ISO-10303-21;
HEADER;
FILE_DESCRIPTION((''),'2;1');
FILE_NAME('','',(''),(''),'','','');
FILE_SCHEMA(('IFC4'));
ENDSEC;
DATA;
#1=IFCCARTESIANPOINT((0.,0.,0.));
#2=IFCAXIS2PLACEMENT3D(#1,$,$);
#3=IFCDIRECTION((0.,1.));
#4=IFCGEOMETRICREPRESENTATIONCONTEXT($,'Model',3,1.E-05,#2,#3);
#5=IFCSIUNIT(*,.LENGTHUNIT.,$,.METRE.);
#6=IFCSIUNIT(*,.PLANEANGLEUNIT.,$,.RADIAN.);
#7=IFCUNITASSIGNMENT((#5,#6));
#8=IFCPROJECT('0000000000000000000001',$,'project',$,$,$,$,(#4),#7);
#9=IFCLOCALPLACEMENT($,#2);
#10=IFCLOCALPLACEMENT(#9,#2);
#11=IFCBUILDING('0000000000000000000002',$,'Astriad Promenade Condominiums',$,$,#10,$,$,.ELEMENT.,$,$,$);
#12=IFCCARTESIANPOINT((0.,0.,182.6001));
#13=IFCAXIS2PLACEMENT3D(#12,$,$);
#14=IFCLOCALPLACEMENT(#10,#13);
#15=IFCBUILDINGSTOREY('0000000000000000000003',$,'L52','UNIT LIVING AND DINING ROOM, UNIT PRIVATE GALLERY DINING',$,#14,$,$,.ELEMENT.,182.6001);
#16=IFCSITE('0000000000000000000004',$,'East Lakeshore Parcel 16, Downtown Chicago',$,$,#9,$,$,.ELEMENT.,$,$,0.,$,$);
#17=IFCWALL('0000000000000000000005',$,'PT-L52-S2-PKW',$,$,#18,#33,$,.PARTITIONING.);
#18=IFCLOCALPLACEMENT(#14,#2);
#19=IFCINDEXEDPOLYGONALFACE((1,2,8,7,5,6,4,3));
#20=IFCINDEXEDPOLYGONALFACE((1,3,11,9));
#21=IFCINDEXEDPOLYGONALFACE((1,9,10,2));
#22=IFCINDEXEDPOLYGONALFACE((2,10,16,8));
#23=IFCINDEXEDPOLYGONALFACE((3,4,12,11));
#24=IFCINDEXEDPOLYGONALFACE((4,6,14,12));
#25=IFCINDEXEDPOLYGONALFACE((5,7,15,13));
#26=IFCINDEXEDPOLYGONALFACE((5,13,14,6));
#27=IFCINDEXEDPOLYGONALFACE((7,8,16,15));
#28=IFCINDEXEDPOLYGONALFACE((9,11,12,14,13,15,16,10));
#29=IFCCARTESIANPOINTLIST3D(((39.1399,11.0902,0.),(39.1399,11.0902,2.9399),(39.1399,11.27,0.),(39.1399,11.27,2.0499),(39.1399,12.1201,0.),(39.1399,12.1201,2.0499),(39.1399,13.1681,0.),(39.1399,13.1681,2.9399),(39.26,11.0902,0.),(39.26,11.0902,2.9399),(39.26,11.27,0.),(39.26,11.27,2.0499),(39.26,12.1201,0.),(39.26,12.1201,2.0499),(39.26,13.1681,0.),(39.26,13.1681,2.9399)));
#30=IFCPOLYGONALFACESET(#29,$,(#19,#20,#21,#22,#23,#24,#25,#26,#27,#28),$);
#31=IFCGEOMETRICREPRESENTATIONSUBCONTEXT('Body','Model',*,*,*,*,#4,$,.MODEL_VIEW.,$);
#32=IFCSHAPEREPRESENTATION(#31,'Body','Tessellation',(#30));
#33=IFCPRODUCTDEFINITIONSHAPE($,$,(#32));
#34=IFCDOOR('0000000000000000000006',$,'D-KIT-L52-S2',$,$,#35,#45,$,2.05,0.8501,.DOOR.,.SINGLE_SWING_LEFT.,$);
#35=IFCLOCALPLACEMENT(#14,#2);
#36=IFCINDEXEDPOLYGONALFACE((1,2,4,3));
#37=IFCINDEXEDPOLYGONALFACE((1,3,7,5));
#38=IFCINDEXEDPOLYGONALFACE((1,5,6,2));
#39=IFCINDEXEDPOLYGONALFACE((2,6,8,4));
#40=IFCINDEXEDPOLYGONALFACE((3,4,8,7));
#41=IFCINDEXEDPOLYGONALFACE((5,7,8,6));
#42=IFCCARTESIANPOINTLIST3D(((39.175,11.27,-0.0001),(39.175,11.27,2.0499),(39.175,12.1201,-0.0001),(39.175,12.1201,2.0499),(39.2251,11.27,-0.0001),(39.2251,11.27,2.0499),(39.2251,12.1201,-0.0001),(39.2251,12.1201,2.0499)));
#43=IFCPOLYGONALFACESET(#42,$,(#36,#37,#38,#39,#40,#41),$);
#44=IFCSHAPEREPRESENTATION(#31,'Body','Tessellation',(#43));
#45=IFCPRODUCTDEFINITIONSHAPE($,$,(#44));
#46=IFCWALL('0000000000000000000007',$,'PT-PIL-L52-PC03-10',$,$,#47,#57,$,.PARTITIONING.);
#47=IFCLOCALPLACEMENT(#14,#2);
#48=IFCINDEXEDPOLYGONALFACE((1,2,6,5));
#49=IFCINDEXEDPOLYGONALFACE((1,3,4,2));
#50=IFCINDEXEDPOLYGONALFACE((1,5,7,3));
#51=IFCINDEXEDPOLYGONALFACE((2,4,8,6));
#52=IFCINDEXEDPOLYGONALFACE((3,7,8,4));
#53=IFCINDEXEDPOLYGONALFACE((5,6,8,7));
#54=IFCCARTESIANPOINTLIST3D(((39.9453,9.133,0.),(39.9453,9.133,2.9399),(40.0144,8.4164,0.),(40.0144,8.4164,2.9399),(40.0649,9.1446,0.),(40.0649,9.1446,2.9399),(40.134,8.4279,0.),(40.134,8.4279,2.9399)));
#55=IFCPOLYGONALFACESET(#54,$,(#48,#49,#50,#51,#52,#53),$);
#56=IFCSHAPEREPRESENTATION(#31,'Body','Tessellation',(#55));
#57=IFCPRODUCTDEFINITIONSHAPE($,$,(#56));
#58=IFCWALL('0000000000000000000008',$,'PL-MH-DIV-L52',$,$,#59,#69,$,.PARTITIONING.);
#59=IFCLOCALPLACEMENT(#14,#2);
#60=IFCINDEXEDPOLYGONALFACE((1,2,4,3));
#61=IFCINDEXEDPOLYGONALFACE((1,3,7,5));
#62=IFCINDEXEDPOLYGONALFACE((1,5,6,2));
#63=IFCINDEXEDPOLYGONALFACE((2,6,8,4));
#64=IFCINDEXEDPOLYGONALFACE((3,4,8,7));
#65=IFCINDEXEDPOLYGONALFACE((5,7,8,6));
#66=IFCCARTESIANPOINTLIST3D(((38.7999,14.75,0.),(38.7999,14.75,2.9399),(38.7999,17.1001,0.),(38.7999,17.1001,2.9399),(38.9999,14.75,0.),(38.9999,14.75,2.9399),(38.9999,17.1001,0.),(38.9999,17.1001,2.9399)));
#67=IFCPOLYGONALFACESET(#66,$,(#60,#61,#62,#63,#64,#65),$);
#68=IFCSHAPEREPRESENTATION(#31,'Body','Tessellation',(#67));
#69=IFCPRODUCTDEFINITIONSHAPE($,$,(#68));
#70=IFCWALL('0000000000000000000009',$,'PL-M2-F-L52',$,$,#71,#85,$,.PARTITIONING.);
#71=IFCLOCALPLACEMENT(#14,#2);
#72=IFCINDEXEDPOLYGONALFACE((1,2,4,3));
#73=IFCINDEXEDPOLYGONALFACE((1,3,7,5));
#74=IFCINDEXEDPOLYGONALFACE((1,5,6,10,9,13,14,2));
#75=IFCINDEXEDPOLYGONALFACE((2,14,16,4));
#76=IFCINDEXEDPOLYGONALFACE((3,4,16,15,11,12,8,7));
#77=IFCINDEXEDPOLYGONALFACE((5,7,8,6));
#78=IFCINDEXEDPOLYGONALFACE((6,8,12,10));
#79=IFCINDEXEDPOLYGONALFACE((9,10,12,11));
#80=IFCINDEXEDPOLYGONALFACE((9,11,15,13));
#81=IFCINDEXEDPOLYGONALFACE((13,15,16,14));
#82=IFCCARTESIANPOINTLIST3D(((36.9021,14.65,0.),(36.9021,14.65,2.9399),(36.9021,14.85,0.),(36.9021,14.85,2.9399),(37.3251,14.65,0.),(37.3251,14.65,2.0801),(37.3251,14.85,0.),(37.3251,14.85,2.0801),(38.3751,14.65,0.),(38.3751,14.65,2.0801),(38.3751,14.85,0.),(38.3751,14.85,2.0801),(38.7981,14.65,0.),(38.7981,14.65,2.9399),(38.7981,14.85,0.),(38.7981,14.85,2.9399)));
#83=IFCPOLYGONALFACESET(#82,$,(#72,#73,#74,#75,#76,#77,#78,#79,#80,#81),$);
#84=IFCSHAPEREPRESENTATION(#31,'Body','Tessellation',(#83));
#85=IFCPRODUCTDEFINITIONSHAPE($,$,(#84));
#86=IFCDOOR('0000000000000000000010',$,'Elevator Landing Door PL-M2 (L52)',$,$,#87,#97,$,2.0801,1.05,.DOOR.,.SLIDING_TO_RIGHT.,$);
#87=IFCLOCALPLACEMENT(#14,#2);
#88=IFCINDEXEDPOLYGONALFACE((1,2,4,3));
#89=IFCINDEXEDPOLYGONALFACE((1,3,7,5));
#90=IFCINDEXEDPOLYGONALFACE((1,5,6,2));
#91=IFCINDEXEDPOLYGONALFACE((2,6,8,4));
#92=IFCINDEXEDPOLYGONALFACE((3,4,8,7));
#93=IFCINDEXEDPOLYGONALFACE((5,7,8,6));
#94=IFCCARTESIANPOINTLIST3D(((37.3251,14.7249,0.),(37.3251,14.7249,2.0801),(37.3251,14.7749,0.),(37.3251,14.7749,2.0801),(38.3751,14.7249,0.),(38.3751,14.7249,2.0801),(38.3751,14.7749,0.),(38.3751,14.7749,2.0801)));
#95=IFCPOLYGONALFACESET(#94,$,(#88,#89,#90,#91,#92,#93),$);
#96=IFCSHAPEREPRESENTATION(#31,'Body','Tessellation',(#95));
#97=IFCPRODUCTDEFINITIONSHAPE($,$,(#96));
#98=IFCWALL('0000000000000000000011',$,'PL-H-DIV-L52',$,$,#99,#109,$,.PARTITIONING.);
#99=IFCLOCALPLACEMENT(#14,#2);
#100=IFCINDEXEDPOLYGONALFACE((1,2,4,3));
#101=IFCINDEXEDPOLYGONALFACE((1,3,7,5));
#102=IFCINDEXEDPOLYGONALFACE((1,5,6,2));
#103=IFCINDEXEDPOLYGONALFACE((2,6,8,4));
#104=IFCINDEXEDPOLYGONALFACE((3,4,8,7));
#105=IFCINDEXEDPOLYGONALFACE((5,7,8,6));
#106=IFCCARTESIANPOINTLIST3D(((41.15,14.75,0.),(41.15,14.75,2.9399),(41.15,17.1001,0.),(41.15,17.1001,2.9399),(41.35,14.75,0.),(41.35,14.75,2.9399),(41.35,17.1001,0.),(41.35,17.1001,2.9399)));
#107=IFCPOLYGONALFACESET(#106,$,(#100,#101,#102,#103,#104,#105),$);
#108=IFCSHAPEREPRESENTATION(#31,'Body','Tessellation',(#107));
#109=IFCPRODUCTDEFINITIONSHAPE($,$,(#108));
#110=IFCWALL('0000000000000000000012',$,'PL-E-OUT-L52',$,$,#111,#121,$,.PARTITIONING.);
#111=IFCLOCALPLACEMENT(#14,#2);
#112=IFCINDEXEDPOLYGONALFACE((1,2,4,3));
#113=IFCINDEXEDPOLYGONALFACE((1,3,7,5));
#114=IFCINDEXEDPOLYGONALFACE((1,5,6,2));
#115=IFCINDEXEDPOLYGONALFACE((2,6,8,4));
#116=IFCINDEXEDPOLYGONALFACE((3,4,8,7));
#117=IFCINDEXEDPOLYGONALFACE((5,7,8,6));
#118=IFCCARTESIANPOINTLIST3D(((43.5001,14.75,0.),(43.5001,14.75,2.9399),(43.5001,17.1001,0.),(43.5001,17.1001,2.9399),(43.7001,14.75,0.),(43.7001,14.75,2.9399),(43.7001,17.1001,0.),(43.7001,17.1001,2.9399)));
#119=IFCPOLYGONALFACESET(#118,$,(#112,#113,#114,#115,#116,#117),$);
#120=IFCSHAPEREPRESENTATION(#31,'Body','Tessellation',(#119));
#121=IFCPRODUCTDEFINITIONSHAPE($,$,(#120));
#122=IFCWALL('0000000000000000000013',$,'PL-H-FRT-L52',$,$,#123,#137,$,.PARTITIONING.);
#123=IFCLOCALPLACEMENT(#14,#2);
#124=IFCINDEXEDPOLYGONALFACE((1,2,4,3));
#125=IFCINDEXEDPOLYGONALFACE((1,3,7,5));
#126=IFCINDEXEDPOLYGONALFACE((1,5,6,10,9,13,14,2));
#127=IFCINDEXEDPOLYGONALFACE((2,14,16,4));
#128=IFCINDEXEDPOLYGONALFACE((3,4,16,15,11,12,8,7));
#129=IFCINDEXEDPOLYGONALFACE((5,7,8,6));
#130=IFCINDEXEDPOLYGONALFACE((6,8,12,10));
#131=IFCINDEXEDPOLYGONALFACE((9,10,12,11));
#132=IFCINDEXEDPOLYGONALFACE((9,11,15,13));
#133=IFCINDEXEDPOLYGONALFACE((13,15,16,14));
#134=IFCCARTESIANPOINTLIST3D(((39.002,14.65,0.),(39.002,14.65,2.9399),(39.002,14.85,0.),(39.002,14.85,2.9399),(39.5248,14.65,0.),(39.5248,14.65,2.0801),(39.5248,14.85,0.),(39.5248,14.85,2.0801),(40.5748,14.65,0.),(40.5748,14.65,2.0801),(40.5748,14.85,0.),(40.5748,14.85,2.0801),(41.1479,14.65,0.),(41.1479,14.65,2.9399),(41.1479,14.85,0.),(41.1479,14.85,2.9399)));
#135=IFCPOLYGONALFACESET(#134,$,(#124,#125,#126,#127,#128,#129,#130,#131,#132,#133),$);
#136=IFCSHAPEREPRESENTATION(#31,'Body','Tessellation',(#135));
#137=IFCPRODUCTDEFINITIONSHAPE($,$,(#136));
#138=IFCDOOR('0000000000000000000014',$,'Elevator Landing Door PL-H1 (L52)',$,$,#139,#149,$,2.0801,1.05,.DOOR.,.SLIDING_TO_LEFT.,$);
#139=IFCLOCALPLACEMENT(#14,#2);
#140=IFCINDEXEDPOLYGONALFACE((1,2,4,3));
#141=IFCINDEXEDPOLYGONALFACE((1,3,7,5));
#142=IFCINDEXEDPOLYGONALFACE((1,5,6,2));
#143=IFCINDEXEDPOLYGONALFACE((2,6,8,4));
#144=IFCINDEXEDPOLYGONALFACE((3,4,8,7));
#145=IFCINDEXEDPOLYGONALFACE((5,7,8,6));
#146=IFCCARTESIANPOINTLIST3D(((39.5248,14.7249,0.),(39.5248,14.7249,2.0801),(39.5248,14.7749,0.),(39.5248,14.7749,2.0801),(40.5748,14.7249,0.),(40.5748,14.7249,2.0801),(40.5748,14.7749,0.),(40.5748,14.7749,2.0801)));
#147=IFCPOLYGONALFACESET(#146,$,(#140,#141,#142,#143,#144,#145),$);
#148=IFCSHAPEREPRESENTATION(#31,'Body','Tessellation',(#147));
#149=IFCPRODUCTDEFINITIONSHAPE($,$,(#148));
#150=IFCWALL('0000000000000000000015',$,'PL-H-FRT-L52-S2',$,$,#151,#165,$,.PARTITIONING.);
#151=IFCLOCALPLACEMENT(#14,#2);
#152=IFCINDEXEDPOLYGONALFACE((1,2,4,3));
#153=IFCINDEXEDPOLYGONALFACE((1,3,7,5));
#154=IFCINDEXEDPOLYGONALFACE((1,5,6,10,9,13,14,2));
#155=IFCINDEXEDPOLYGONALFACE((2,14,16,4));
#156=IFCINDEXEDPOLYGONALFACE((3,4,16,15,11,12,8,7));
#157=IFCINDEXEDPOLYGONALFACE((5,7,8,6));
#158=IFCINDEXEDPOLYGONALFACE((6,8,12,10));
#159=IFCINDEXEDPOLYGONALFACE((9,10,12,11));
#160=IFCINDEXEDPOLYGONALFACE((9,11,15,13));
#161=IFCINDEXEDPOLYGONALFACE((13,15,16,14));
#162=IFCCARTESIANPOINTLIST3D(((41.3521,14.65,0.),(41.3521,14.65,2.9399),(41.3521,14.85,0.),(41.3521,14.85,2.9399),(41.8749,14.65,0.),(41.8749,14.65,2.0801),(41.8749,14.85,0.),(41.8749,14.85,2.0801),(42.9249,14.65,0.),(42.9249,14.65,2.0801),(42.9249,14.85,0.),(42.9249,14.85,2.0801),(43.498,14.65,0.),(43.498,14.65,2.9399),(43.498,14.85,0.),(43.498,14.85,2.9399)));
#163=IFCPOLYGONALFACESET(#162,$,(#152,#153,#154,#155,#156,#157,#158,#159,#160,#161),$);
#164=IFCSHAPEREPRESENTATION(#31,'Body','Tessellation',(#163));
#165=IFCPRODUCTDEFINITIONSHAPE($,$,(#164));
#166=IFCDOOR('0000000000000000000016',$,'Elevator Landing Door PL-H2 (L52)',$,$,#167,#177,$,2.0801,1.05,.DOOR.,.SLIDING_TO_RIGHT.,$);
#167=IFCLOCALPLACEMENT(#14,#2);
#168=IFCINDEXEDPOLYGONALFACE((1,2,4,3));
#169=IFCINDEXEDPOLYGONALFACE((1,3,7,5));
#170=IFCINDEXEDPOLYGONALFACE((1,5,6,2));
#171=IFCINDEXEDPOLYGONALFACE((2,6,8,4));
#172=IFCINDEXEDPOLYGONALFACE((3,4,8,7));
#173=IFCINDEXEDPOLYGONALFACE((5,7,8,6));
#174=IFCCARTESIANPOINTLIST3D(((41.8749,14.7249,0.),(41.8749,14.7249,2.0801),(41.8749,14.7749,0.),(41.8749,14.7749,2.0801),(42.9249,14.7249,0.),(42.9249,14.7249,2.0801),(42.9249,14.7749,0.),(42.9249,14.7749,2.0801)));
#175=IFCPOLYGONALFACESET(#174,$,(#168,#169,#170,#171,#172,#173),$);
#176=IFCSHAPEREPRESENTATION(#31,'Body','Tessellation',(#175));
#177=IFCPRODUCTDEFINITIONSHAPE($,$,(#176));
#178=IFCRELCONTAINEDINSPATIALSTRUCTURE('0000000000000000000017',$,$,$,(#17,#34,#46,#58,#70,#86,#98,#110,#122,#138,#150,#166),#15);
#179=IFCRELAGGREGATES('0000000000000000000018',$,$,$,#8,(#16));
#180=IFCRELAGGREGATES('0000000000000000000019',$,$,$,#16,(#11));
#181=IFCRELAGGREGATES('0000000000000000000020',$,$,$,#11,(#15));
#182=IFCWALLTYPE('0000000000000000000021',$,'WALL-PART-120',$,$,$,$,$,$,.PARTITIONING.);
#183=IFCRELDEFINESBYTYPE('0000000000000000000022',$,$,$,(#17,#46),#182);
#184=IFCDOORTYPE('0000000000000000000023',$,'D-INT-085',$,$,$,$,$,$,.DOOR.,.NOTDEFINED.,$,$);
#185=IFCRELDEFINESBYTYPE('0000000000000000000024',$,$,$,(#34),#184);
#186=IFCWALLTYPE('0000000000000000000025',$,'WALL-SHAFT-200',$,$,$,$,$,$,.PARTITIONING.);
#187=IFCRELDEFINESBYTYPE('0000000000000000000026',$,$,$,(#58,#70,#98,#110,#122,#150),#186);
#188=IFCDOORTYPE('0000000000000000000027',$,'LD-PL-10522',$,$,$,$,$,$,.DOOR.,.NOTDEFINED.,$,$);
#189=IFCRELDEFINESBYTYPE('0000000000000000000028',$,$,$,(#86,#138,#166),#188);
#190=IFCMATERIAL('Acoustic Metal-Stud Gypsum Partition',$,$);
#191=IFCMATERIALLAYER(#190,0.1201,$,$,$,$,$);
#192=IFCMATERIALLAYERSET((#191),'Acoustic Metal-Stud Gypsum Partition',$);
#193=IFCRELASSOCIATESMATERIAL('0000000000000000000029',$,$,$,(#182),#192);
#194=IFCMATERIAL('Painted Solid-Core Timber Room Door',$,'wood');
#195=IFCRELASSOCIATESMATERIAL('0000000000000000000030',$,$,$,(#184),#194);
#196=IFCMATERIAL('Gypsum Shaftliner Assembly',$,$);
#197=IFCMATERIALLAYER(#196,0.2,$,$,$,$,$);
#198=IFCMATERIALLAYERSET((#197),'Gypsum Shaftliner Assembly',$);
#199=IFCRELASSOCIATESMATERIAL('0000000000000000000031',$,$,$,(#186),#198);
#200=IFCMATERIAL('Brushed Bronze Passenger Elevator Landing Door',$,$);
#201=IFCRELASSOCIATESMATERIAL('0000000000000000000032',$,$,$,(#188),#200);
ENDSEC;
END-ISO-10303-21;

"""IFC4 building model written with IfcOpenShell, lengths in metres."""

from ifc_helpers import new_model, si_unit, direction, frame, frame_2d, origin, place, context, subcontext, project, spatial, rectangle, extrude, source, transform, mapped, material, layer, layer_set, type_object, type_shapes, element, fill, save


model = new_model("IFC4")

# Units and contexts
model_context = context("Model", 3, precision=1e-05, world=origin(), true_north=direction((0.0, 1.0)))
body_context = subcontext(model_context, "Body", "Model", "MODEL_VIEW")
ifc_project = project(units=[si_unit("LENGTHUNIT", "METRE"), si_unit("PLANEANGLEUNIT", "RADIAN")], contexts=[model_context])

# Site, building, storey
site_placement = place(None, origin())
site = spatial("IfcSite", under=ifc_project, at=site_placement, Name="East Lakeshore Parcel 16, Downtown Chicago", CompositionType="ELEMENT", RefElevation=0.0)
building_placement = place(site_placement, origin())
building = spatial("IfcBuilding", under=site, at=building_placement, Name="Astriad Promenade Condominiums", CompositionType="ELEMENT")
storey_placement = place(building_placement, frame((0.0, 0.0, 182.6001)))
storey = spatial("IfcBuildingStorey", under=building, at=storey_placement, Name="L52", Description="UNIT LIVING AND DINING ROOM, UNIT PRIVATE GALLERY DINING", CompositionType="ELEMENT", Elevation=182.6001)

# Shared definitions
ifc_material_1 = material(Name="Acoustic Metal-Stud Gypsum Partition")
ifc_layer_1 = layer(ifc_material_1, 0.1201)
ifc_layer_set_1 = layer_set([ifc_layer_1], Name="Acoustic Metal-Stud Gypsum Partition")
wall_type_1 = type_object("IfcWallType", Name="WALL-PART-120", PredefinedType="PARTITIONING", material=ifc_layer_set_1)

# Wall, opening, door
wall_1_placement = place(storey_placement, frame((39.2, 11.0901, 0.0), z_axis=(0.0, 0.0, 1.0), x_axis=(0.0, 1.0, 0.0)))
wall_1 = element("IfcWall", 1, at=wall_1_placement, inside=storey, type_object=wall_type_1, Name="PT-L52-S2-PKW", PredefinedType="PARTITIONING", context=body_context, shape_type="SweptSolid", body=[
    extrude(rectangle(XDim=2.0779, YDim=0.1201, at=frame_2d((1.0391, 0.0))), origin(), (0.0, 0.0, 1.0), 2.9399),
])
opening_1_placement = place(wall_1_placement, frame((0.1799, 0.0, 0.0)))
opening_1 = element("IfcOpeningElement", 2, at=opening_1_placement, cuts=wall_1, PredefinedType="OPENING", context=body_context, shape_type="SweptSolid", body=[
    extrude(rectangle(XDim=0.8501, YDim=2.05, at=frame_2d((0.425, 1.0249))), frame((0.0, 0.0701, 0.0), z_axis=(0.0, -1.0, 0.0), x_axis=(1.0, 0.0, 0.0)), (0.0, 0.0, 1.0), 0.1401),
])
ifc_material_2 = material(Name="Painted Solid-Core Timber Room Door", Category="wood")
door_type_1 = type_object("IfcDoorType", Name="D-INT-085", OperationType="NOTDEFINED", PredefinedType="DOOR", material=ifc_material_2)
shared_shape_1 = source(origin(), body_context, "Body", "SweptSolid", [
    extrude(rectangle(XDim=0.8501, YDim=2.05, at=frame_2d((0.425, 1.0249))), frame((0.0, 0.0249, 0.0), z_axis=(0.0, -1.0, 0.0), x_axis=(1.0, 0.0, 0.0)), (0.0, 0.0, 1.0), 0.05),
])
type_shapes(door_type_1, [shared_shape_1])
door_1_placement = place(opening_1_placement, origin())
door_1 = element("IfcDoor", 3, at=door_1_placement, inside=storey, type_object=door_type_1, Name="D-KIT-L52-S2", OperationType="SINGLE_SWING_LEFT", OverallHeight=2.05, OverallWidth=0.8501, PredefinedType="DOOR", context=body_context, shape_type="MappedRepresentation", body=[
    mapped(shared_shape_1, transform((0.0, 0.0, 0.0), scale=1.0)),
])
fill(opening_1, door_1)

# Walls
wall_2_placement = place(storey_placement, frame((40.0051, 9.1387, 0.0), z_axis=(0.0, 0.0, 1.0), x_axis=(0.095977, -0.995384, 0.0)))
element("IfcWall", 4, at=wall_2_placement, inside=storey, type_object=wall_type_1, Name="PT-PIL-L52-PC03-10", PredefinedType="PARTITIONING", context=body_context, shape_type="SweptSolid", body=[
    extrude(rectangle(XDim=0.72, YDim=0.1201, at=frame_2d((0.3599, 0.0))), origin(), (0.0, 0.0, 1.0), 2.9399),
])
ifc_material_3 = material(Name="Gypsum Shaftliner Assembly")
ifc_layer_2 = layer(ifc_material_3, 0.2)
ifc_layer_set_2 = layer_set([ifc_layer_2], Name="Gypsum Shaftliner Assembly")
wall_type_2 = type_object("IfcWallType", Name="WALL-SHAFT-200", PredefinedType="PARTITIONING", material=ifc_layer_set_2)
wall_3_placement = place(storey_placement, frame((38.8999, 14.75, 0.0), z_axis=(0.0, 0.0, 1.0), x_axis=(0.0, 1.0, 0.0)))
element("IfcWall", 5, at=wall_3_placement, inside=storey, type_object=wall_type_2, Name="PL-MH-DIV-L52", PredefinedType="PARTITIONING", context=body_context, shape_type="SweptSolid", body=[
    extrude(rectangle(XDim=2.3501, YDim=0.2, at=frame_2d((1.175, 0.0))), origin(), (0.0, 0.0, 1.0), 2.9399),
])

# Wall, opening, door
wall_4_placement = place(storey_placement, frame((36.9021, 14.75, 0.0), z_axis=(0.0, 0.0, 1.0), x_axis=(1.0, 0.0, 0.0)))
wall_4 = element("IfcWall", 6, at=wall_4_placement, inside=storey, type_object=wall_type_2, Name="PL-M2-F-L52", PredefinedType="PARTITIONING", context=body_context, shape_type="SweptSolid", body=[
    extrude(rectangle(XDim=1.896, YDim=0.2, at=frame_2d((0.948, 0.0))), origin(), (0.0, 0.0, 1.0), 2.9399),
])
opening_2_placement = place(wall_4_placement, frame((0.4231, 0.0, 0.0)))
opening_2 = element("IfcOpeningElement", 7, at=opening_2_placement, cuts=wall_4, PredefinedType="OPENING", context=body_context, shape_type="SweptSolid", body=[
    extrude(rectangle(XDim=1.05, YDim=2.0801, at=frame_2d((0.5249, 1.04))), frame((0.0, 0.1099, 0.0), z_axis=(0.0, -1.0, 0.0), x_axis=(1.0, 0.0, 0.0)), (0.0, 0.0, 1.0), 0.22),
])
ifc_material_4 = material(Name="Brushed Bronze Passenger Elevator Landing Door")
door_type_2 = type_object("IfcDoorType", Name="LD-PL-10522", OperationType="NOTDEFINED", PredefinedType="DOOR", material=ifc_material_4)
shared_shape_2 = source(origin(), body_context, "Body", "SweptSolid", [
    extrude(rectangle(XDim=1.05, YDim=2.0801, at=frame_2d((0.5249, 1.04))), frame((0.0, 0.0249, 0.0), z_axis=(0.0, -1.0, 0.0), x_axis=(1.0, 0.0, 0.0)), (0.0, 0.0, 1.0), 0.05),
])
type_shapes(door_type_2, [shared_shape_2])
door_2_placement = place(opening_2_placement, origin())
door_2 = element("IfcDoor", 8, at=door_2_placement, inside=storey, type_object=door_type_2, Name="Elevator Landing Door PL-M2 (L52)", OperationType="SLIDING_TO_RIGHT", OverallHeight=2.0801, OverallWidth=1.05, PredefinedType="DOOR", context=body_context, shape_type="MappedRepresentation", body=[
    mapped(shared_shape_2, transform((0.0, 0.0, 0.0), scale=1.0)),
])
fill(opening_2, door_2)

# Walls
for number, where, z_axis, x_axis, name in (
    (9, (41.25, 14.75, 0.0), (0.0, 0.0, 1.0), (0.0, 1.0, 0.0), "PL-H-DIV-L52"),
    (10, (43.6001, 14.75, 0.0), (0.0, 0.0, 1.0), (0.0, 1.0, 0.0), "PL-E-OUT-L52"),
):
    element("IfcWall", number, at=place(storey_placement, frame(where, z_axis=z_axis, x_axis=x_axis)), inside=storey, type_object=wall_type_2, Name=name, PredefinedType="PARTITIONING", context=body_context, shape_type="SweptSolid", body=[
        extrude(rectangle(XDim=2.3501, YDim=0.2, at=frame_2d((1.175, 0.0))), origin(), (0.0, 0.0, 1.0), 2.9399),
    ])

# Walls, openings, doors
wall_5_placement = place(storey_placement, frame((39.002, 14.75, 0.0), z_axis=(0.0, 0.0, 1.0), x_axis=(1.0, 0.0, 0.0)))
wall_5 = element("IfcWall", 11, at=wall_5_placement, inside=storey, type_object=wall_type_2, Name="PL-H-FRT-L52", PredefinedType="PARTITIONING", context=body_context, shape_type="SweptSolid", body=[
    extrude(rectangle(XDim=2.146, YDim=0.2, at=frame_2d((1.073, 0.0))), origin(), (0.0, 0.0, 1.0), 2.9399),
])
opening_3_placement = place(wall_5_placement, frame((0.5229, 0.0, 0.0)))
opening_3 = element("IfcOpeningElement", 12, at=opening_3_placement, cuts=wall_5, PredefinedType="OPENING", context=body_context, shape_type="SweptSolid", body=[
    extrude(rectangle(XDim=1.05, YDim=2.0801, at=frame_2d((0.5249, 1.04))), frame((0.0, 0.1099, 0.0), z_axis=(0.0, -1.0, 0.0), x_axis=(1.0, 0.0, 0.0)), (0.0, 0.0, 1.0), 0.22),
])
door_3_placement = place(opening_3_placement, origin())
door_3 = element("IfcDoor", 13, at=door_3_placement, inside=storey, type_object=door_type_2, Name="Elevator Landing Door PL-H1 (L52)", OperationType="SLIDING_TO_LEFT", OverallHeight=2.0801, OverallWidth=1.05, PredefinedType="DOOR", context=body_context, shape_type="MappedRepresentation", body=[
    mapped(shared_shape_2, transform((0.0, 0.0, 0.0), scale=1.0)),
])
fill(opening_3, door_3)
wall_6_placement = place(storey_placement, frame((41.3521, 14.75, 0.0), z_axis=(0.0, 0.0, 1.0), x_axis=(1.0, 0.0, 0.0)))
wall_6 = element("IfcWall", 14, at=wall_6_placement, inside=storey, type_object=wall_type_2, Name="PL-H-FRT-L52-S2", PredefinedType="PARTITIONING", context=body_context, shape_type="SweptSolid", body=[
    extrude(rectangle(XDim=2.146, YDim=0.2, at=frame_2d((1.073, 0.0))), origin(), (0.0, 0.0, 1.0), 2.9399),
])
opening_4_placement = place(wall_6_placement, frame((0.5229, 0.0, 0.0)))
opening_4 = element("IfcOpeningElement", 15, at=opening_4_placement, cuts=wall_6, PredefinedType="OPENING", context=body_context, shape_type="SweptSolid", body=[
    extrude(rectangle(XDim=1.05, YDim=2.0801, at=frame_2d((0.5249, 1.04))), frame((0.0, 0.1099, 0.0), z_axis=(0.0, -1.0, 0.0), x_axis=(1.0, 0.0, 0.0)), (0.0, 0.0, 1.0), 0.22),
])
door_4_placement = place(opening_4_placement, origin())
door_4 = element("IfcDoor", 16, at=door_4_placement, inside=storey, type_object=door_type_2, Name="Elevator Landing Door PL-H2 (L52)", OperationType="SLIDING_TO_RIGHT", OverallHeight=2.0801, OverallWidth=1.05, PredefinedType="DOOR", context=body_context, shape_type="MappedRepresentation", body=[
    mapped(shared_shape_2, transform((0.0, 0.0, 0.0), scale=1.0)),
])
fill(opening_4, door_4)

save(model, "model.ifc")
